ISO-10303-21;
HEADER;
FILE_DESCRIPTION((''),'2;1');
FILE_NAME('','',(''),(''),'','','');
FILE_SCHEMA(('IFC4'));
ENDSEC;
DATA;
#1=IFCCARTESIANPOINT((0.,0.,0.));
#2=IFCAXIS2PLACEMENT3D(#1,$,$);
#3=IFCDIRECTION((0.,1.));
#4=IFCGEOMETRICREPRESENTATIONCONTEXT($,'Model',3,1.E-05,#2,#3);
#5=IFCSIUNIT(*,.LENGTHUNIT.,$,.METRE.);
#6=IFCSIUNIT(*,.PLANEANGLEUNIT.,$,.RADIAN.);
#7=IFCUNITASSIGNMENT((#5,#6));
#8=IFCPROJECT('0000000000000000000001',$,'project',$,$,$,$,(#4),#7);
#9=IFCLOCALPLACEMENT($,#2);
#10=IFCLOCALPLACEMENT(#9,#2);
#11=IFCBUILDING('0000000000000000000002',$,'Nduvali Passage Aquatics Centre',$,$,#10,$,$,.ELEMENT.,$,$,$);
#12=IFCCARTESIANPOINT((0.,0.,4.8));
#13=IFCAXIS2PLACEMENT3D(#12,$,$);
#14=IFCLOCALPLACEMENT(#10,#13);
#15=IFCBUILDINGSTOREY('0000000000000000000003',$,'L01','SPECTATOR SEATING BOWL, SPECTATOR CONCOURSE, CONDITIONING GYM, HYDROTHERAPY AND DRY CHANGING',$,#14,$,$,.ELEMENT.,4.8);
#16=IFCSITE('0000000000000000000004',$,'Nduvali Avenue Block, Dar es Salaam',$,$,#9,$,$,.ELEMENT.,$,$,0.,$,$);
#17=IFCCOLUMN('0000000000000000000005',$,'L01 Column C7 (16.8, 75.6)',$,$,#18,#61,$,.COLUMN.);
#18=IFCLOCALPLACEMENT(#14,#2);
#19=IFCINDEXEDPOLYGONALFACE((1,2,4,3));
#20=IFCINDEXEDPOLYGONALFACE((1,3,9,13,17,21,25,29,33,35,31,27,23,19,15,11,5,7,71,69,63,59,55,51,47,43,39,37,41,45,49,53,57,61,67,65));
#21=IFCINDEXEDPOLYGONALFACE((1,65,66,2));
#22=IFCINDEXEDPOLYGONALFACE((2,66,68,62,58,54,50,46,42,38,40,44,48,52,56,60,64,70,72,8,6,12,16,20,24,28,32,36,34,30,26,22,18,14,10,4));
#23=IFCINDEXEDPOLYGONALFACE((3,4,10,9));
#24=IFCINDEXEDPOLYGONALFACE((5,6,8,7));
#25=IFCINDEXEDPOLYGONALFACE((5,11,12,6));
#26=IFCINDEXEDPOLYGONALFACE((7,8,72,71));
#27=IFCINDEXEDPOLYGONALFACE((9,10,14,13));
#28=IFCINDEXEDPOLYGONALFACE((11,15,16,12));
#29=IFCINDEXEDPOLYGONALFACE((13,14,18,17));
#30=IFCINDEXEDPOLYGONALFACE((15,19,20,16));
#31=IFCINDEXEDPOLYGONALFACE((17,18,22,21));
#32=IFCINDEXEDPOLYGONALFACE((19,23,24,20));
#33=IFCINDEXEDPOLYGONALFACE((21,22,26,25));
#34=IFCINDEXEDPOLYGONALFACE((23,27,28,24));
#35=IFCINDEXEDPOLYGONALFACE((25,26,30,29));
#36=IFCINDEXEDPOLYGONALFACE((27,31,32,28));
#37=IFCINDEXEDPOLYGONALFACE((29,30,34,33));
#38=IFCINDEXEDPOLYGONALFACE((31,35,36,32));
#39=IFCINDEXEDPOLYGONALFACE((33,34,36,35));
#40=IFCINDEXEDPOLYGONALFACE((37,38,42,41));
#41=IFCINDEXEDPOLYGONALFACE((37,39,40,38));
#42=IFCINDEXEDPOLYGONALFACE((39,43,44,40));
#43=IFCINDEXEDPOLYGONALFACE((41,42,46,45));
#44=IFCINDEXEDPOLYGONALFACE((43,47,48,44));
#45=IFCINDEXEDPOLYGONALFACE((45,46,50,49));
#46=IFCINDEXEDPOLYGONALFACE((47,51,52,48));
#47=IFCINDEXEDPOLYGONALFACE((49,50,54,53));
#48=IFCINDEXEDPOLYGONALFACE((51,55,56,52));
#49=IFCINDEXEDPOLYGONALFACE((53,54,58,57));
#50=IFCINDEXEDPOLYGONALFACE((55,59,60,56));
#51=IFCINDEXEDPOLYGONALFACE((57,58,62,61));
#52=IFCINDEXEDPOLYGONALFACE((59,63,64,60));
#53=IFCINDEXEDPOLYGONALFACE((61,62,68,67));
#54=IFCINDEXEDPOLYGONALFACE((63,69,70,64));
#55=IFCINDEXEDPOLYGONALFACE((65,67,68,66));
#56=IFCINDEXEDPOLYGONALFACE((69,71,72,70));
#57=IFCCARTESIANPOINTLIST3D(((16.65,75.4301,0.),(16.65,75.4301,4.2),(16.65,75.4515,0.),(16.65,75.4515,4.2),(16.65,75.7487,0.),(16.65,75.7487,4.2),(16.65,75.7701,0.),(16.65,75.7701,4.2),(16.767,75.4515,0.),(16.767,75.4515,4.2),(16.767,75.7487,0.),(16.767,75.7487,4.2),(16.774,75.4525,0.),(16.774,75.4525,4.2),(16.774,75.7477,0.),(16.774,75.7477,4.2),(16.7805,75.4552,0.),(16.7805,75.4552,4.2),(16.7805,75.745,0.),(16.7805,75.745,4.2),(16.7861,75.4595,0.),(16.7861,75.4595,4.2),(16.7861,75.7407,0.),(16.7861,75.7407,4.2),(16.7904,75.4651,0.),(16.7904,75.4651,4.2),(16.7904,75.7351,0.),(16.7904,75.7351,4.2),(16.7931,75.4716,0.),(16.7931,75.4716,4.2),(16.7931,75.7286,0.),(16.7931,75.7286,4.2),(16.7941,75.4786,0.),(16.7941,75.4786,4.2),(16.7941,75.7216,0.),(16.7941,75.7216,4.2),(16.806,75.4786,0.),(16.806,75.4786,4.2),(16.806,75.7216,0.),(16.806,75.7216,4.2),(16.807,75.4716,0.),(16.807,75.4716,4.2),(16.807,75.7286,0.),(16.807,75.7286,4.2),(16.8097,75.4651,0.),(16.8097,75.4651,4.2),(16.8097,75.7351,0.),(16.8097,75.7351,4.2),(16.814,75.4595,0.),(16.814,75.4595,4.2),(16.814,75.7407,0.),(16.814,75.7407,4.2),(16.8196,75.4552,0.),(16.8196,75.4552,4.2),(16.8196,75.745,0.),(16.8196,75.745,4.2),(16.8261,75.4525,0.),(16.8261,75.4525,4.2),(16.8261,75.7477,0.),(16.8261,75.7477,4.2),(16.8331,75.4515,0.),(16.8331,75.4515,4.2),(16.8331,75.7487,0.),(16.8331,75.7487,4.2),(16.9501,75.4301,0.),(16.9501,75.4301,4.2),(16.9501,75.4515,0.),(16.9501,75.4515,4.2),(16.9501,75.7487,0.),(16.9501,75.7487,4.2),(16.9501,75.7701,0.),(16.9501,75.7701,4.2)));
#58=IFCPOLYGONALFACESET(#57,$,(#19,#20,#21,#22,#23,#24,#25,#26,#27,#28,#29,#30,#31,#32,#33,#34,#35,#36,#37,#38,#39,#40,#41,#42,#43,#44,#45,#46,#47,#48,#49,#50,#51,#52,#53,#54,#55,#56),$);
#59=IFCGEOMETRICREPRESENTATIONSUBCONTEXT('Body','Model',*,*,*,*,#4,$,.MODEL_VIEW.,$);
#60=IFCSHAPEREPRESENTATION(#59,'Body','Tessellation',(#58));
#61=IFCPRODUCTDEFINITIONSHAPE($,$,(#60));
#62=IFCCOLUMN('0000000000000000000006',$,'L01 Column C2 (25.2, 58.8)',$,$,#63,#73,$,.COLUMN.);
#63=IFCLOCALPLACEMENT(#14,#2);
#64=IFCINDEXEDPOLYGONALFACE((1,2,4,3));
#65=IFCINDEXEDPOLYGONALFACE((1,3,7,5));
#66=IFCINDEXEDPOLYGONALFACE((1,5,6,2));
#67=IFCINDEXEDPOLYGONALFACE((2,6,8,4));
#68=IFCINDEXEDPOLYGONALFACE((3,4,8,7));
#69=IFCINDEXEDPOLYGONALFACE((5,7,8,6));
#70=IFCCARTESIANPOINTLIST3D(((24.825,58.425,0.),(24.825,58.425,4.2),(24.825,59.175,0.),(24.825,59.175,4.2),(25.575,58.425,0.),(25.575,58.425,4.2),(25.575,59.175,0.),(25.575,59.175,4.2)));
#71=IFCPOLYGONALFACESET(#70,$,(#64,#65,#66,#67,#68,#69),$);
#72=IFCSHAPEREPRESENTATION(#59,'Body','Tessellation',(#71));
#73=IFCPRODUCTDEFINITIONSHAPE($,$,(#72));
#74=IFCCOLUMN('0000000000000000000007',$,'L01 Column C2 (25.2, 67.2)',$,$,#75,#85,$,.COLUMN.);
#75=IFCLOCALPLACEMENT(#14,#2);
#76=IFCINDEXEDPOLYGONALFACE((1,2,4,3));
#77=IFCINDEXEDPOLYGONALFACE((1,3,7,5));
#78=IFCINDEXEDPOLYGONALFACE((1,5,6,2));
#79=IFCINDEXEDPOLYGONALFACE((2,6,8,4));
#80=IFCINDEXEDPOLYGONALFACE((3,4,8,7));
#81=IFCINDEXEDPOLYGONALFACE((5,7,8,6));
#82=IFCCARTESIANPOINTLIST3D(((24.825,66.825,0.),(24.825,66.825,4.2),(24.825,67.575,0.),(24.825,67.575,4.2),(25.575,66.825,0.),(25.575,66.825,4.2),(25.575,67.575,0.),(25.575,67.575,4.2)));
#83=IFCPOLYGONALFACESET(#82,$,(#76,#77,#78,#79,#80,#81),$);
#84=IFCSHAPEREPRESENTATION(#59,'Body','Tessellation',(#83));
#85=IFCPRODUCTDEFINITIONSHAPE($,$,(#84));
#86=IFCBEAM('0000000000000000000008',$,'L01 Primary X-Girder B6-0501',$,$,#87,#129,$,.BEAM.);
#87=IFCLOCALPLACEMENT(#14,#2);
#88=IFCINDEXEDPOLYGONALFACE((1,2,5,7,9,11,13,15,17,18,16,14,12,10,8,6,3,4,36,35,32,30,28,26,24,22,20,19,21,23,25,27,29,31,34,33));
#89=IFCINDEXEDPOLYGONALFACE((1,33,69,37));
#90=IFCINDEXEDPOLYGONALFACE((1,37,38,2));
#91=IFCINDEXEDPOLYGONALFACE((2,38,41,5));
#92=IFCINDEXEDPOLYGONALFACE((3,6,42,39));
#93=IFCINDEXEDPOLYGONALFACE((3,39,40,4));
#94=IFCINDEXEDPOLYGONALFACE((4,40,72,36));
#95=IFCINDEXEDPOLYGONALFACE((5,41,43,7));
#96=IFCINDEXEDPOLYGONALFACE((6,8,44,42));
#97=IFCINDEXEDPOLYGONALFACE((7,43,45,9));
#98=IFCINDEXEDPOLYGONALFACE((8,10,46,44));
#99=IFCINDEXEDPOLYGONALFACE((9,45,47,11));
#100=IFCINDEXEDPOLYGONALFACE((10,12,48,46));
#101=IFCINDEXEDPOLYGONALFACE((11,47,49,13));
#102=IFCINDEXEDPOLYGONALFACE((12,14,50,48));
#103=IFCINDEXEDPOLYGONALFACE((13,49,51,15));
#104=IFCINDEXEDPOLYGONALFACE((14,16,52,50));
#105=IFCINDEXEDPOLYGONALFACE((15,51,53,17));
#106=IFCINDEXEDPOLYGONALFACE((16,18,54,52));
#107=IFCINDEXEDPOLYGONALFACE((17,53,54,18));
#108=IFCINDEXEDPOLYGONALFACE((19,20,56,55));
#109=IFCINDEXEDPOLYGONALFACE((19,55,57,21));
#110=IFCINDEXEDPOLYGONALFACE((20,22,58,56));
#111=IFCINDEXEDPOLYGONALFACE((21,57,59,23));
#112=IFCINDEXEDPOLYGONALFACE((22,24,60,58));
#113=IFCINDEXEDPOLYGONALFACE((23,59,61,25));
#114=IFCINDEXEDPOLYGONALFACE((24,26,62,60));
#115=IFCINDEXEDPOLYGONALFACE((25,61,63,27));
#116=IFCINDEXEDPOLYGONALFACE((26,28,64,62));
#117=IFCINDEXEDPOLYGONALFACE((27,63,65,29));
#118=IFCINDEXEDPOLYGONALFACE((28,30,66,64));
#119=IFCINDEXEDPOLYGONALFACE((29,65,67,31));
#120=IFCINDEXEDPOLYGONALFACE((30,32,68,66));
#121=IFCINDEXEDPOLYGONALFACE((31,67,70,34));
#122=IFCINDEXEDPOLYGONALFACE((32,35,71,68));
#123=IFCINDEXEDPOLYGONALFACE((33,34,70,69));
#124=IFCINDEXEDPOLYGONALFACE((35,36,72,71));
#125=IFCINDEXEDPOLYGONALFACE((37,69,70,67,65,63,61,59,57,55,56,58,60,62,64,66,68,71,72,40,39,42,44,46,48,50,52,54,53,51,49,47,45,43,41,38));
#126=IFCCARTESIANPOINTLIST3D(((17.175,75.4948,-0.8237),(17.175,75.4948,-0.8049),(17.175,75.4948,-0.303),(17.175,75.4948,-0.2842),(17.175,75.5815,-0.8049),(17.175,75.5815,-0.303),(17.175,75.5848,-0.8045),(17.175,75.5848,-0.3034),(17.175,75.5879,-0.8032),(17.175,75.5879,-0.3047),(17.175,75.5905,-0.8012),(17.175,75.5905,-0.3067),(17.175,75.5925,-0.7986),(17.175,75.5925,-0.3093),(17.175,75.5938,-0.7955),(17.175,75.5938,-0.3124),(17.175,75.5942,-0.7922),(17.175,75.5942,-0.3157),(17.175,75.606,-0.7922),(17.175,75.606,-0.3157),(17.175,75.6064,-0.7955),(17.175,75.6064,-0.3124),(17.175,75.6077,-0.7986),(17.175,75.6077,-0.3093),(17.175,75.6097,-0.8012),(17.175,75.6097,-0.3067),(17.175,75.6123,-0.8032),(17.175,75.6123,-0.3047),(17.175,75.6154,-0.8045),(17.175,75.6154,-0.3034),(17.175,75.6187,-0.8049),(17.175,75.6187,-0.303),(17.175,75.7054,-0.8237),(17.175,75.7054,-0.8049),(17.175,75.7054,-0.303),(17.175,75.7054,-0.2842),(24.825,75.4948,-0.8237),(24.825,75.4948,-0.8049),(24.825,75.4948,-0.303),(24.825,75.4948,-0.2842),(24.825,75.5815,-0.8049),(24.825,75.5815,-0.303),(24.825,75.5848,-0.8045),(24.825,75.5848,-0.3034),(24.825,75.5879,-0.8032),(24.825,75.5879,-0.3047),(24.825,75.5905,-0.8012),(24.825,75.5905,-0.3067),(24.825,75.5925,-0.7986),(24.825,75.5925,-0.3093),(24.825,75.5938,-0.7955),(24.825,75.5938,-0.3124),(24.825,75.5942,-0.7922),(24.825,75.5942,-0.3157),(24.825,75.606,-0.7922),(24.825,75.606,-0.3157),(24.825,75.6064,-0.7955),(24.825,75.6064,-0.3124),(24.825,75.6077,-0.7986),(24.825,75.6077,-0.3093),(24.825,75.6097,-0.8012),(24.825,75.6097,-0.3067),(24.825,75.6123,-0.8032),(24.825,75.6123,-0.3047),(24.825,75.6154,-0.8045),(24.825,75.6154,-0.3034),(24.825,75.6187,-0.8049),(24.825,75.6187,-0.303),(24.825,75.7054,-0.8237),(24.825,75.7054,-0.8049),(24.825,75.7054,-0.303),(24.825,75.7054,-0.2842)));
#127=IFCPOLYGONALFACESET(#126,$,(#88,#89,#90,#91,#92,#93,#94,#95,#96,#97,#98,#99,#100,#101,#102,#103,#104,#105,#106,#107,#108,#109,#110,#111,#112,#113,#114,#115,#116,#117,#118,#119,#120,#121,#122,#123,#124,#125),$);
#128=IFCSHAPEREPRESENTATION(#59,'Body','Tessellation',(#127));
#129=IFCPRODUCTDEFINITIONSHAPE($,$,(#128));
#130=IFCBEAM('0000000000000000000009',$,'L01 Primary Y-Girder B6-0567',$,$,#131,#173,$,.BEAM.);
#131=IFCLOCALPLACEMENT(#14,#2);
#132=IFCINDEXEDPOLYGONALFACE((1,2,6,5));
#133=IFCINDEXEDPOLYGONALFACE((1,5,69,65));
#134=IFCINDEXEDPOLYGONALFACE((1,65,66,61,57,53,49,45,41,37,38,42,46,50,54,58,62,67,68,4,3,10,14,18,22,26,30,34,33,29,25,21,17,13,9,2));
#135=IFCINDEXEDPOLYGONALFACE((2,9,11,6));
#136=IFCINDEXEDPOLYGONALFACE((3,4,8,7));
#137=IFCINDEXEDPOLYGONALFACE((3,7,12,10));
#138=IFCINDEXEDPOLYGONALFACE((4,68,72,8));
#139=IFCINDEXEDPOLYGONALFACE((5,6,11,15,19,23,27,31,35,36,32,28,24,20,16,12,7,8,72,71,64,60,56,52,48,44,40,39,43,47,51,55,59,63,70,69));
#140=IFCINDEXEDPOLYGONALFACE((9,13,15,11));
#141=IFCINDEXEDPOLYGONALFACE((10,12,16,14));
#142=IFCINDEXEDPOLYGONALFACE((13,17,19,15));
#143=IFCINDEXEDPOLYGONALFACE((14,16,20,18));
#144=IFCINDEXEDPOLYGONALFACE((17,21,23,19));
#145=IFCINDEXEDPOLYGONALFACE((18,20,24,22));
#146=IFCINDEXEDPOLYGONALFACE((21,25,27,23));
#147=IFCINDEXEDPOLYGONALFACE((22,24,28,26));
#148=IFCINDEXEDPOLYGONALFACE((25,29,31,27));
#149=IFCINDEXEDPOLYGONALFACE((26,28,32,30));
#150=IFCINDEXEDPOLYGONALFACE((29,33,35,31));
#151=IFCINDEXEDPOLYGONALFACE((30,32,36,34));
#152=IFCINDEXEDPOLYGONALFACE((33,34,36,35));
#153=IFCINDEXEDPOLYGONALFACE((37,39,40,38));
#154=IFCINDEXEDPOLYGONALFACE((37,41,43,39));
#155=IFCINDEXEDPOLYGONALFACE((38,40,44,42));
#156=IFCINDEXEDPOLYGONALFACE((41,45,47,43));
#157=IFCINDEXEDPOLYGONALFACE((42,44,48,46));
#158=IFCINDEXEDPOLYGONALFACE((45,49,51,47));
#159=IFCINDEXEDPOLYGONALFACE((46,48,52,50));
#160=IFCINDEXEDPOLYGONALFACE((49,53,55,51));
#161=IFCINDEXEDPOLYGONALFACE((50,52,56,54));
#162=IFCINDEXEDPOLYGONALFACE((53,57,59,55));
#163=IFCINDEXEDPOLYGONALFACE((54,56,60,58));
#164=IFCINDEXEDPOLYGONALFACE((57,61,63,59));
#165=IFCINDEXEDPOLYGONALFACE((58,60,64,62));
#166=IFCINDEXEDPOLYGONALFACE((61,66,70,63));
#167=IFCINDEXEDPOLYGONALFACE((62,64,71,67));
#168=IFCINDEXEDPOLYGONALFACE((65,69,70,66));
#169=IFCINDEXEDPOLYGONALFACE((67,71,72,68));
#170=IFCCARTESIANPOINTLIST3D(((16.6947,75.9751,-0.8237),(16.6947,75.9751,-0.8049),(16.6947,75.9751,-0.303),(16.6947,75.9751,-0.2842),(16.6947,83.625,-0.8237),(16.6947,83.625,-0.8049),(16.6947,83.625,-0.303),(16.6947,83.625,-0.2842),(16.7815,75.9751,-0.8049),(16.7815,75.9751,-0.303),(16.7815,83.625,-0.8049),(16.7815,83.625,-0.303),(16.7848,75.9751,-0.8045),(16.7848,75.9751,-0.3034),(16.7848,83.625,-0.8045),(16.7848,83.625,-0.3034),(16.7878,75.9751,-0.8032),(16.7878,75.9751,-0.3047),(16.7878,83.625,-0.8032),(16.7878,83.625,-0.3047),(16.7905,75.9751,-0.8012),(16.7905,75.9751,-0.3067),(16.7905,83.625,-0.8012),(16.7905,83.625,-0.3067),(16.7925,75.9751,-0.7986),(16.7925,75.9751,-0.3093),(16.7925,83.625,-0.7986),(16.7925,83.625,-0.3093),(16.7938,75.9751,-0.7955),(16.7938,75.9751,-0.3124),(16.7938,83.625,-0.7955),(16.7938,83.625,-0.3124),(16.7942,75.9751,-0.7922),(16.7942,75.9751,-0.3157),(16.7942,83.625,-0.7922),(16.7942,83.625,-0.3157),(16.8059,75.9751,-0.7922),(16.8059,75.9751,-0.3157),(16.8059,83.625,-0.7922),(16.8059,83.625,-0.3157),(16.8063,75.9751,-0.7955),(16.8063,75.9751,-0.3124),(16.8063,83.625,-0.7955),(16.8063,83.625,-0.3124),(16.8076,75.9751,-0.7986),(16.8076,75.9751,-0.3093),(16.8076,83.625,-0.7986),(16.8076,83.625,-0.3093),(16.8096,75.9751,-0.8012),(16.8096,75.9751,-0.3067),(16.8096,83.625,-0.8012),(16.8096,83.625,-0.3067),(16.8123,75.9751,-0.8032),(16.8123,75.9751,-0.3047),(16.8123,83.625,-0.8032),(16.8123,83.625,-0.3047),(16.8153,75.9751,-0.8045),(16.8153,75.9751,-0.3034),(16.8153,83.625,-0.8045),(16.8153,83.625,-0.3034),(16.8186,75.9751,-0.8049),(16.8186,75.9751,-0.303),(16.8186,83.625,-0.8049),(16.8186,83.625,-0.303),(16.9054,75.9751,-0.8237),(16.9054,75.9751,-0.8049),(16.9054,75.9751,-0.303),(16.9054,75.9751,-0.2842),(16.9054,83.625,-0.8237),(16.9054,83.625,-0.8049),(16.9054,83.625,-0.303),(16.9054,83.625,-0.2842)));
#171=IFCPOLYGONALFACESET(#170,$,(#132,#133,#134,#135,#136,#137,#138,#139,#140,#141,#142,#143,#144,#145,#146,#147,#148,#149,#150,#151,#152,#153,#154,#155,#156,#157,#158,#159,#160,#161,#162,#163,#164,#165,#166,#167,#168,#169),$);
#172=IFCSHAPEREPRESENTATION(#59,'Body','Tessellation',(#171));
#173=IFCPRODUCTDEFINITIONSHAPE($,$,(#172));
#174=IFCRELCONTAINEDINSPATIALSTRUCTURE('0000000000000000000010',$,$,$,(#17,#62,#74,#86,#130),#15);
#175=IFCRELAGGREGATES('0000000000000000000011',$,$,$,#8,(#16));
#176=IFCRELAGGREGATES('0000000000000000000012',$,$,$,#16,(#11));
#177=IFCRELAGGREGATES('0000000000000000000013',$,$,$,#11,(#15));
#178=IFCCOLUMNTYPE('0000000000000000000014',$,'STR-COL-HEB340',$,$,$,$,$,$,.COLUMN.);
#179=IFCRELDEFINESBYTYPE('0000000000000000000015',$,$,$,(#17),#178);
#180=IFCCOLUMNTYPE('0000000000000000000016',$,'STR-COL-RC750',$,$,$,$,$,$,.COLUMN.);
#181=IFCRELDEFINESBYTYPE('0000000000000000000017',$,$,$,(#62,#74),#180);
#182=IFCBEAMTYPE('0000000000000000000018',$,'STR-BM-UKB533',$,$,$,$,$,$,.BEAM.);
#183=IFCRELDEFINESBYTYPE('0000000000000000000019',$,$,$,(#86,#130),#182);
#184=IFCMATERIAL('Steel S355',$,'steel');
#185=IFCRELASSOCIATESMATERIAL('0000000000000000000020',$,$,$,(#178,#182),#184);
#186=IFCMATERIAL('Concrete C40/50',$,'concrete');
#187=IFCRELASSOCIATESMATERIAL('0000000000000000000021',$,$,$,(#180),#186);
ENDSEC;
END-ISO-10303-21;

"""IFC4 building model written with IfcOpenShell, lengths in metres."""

from ifc_helpers import new_model, si_unit, direction, frame, origin, origin_2d, place, context, subcontext, project, spatial, rectangle, i_section, extrude, material, material_profile, profile_set, type_object, element, save


model = new_model("IFC4")

# Units and contexts
model_context = context("Model", 3, precision=1e-05, world=origin(), true_north=direction((0.0, 1.0)))
body_context = subcontext(model_context, "Body", "Model", "MODEL_VIEW")
ifc_project = project(units=[si_unit("LENGTHUNIT", "METRE"), si_unit("PLANEANGLEUNIT", "RADIAN")], contexts=[model_context])

# Site, building, storey
site_placement = place(None, origin())
site = spatial("IfcSite", under=ifc_project, at=site_placement, Name="Nduvali Avenue Block, Dar es Salaam", CompositionType="ELEMENT", RefElevation=0.0)
building_placement = place(site_placement, origin())
building = spatial("IfcBuilding", under=site, at=building_placement, Name="Nduvali Passage Aquatics Centre", CompositionType="ELEMENT")
storey_placement = place(building_placement, frame((0.0, 0.0, 4.8)))
storey = spatial("IfcBuildingStorey", under=building, at=storey_placement, Name="L01", Description="SPECTATOR SEATING BOWL, SPECTATOR CONCOURSE, CONDITIONING GYM, HYDROTHERAPY AND DRY CHANGING", CompositionType="ELEMENT", Elevation=4.8)

# Columns
ifc_material_1 = material(Name="Steel S355", Category="steel")
ifc_material_profile_1 = material_profile(ifc_material_1, i_section(OverallWidth=0.3, OverallDepth=0.3401, WebThickness=0.012, FlangeThickness=0.0215, FilletRadius=0.0271, at=origin_2d()), Name="HEB 340")
ifc_profile_set_1 = profile_set([ifc_material_profile_1], Name="Steel S355")
column_type_1 = type_object("IfcColumnType", Name="STR-COL-HEB340", PredefinedType="COLUMN", material=ifc_profile_set_1)
column_placement = place(storey_placement, frame((16.8, 75.6001, 0.0), z_axis=(0.0, 0.0, 1.0), x_axis=(1.0, 0.0, 0.0)))
element("IfcColumn", 1, at=column_placement, inside=storey, type_object=column_type_1, Name="L01 Column C7 (16.8, 75.6)", PredefinedType="COLUMN", context=body_context, shape_type="SweptSolid", body=[
    extrude(i_section(OverallWidth=0.3, OverallDepth=0.3401, WebThickness=0.012, FlangeThickness=0.0215, FilletRadius=0.0271, at=origin_2d()), origin(), (0.0, 0.0, 1.0), 4.2),
])
ifc_material_2 = material(Name="Concrete C40/50", Category="concrete")
ifc_material_profile_2 = material_profile(ifc_material_2, rectangle(XDim=0.75, YDim=0.75, at=origin_2d()), Name="RC 750x750")
ifc_profile_set_2 = profile_set([ifc_material_profile_2], Name="Concrete C40/50")
column_type_2 = type_object("IfcColumnType", Name="STR-COL-RC750", PredefinedType="COLUMN", material=ifc_profile_set_2)
for number, where, z_axis, x_axis, name in (
    (2, (25.2, 58.8, 0.0), (0.0, 0.0, 1.0), (1.0, 0.0, 0.0), "L01 Column C2 (25.2, 58.8)"),
    (3, (25.2, 67.2, 0.0), (0.0, 0.0, 1.0), (1.0, 0.0, 0.0), "L01 Column C2 (25.2, 67.2)"),
):
    element("IfcColumn", number, at=place(storey_placement, frame(where, z_axis=z_axis, x_axis=x_axis)), inside=storey, type_object=column_type_2, Name=name, PredefinedType="COLUMN", context=body_context, shape_type="SweptSolid", body=[
        extrude(rectangle(XDim=0.75, YDim=0.75, at=origin_2d()), origin(), (0.0, 0.0, 1.0), 4.2),
    ])

# Beams
ifc_material_profile_3 = material_profile(ifc_material_1, i_section(OverallWidth=0.2107, OverallDepth=0.5396, WebThickness=0.0117, FlangeThickness=0.0188, FilletRadius=0.0127, at=origin_2d()), Name="UKB 533x210x109")
ifc_profile_set_3 = profile_set([ifc_material_profile_3], Name="Steel S355")
beam_type_1 = type_object("IfcBeamType", Name="STR-BM-UKB533", PredefinedType="BEAM", material=ifc_profile_set_3)
for number, where, z_axis, x_axis, name in (
    (4, (17.175, 75.6001, -0.554), (1.0, 0.0, 0.0), (0.0, 1.0, 0.0), "L01 Primary X-Girder B6-0501"),
    (5, (16.8, 75.9751, -0.554), (0.0, 1.0, 0.0), (-1.0, 0.0, 0.0), "L01 Primary Y-Girder B6-0567"),
):
    element("IfcBeam", number, at=place(storey_placement, frame(where, z_axis=z_axis, x_axis=x_axis)), inside=storey, type_object=beam_type_1, Name=name, PredefinedType="BEAM", context=body_context, shape_type="SweptSolid", body=[
        extrude(i_section(OverallWidth=0.2107, OverallDepth=0.5396, WebThickness=0.0117, FlangeThickness=0.0188, FilletRadius=0.0127, at=origin_2d()), origin(), (0.0, 0.0, 1.0), 7.6499),
    ])

save(model, "model.ifc")
